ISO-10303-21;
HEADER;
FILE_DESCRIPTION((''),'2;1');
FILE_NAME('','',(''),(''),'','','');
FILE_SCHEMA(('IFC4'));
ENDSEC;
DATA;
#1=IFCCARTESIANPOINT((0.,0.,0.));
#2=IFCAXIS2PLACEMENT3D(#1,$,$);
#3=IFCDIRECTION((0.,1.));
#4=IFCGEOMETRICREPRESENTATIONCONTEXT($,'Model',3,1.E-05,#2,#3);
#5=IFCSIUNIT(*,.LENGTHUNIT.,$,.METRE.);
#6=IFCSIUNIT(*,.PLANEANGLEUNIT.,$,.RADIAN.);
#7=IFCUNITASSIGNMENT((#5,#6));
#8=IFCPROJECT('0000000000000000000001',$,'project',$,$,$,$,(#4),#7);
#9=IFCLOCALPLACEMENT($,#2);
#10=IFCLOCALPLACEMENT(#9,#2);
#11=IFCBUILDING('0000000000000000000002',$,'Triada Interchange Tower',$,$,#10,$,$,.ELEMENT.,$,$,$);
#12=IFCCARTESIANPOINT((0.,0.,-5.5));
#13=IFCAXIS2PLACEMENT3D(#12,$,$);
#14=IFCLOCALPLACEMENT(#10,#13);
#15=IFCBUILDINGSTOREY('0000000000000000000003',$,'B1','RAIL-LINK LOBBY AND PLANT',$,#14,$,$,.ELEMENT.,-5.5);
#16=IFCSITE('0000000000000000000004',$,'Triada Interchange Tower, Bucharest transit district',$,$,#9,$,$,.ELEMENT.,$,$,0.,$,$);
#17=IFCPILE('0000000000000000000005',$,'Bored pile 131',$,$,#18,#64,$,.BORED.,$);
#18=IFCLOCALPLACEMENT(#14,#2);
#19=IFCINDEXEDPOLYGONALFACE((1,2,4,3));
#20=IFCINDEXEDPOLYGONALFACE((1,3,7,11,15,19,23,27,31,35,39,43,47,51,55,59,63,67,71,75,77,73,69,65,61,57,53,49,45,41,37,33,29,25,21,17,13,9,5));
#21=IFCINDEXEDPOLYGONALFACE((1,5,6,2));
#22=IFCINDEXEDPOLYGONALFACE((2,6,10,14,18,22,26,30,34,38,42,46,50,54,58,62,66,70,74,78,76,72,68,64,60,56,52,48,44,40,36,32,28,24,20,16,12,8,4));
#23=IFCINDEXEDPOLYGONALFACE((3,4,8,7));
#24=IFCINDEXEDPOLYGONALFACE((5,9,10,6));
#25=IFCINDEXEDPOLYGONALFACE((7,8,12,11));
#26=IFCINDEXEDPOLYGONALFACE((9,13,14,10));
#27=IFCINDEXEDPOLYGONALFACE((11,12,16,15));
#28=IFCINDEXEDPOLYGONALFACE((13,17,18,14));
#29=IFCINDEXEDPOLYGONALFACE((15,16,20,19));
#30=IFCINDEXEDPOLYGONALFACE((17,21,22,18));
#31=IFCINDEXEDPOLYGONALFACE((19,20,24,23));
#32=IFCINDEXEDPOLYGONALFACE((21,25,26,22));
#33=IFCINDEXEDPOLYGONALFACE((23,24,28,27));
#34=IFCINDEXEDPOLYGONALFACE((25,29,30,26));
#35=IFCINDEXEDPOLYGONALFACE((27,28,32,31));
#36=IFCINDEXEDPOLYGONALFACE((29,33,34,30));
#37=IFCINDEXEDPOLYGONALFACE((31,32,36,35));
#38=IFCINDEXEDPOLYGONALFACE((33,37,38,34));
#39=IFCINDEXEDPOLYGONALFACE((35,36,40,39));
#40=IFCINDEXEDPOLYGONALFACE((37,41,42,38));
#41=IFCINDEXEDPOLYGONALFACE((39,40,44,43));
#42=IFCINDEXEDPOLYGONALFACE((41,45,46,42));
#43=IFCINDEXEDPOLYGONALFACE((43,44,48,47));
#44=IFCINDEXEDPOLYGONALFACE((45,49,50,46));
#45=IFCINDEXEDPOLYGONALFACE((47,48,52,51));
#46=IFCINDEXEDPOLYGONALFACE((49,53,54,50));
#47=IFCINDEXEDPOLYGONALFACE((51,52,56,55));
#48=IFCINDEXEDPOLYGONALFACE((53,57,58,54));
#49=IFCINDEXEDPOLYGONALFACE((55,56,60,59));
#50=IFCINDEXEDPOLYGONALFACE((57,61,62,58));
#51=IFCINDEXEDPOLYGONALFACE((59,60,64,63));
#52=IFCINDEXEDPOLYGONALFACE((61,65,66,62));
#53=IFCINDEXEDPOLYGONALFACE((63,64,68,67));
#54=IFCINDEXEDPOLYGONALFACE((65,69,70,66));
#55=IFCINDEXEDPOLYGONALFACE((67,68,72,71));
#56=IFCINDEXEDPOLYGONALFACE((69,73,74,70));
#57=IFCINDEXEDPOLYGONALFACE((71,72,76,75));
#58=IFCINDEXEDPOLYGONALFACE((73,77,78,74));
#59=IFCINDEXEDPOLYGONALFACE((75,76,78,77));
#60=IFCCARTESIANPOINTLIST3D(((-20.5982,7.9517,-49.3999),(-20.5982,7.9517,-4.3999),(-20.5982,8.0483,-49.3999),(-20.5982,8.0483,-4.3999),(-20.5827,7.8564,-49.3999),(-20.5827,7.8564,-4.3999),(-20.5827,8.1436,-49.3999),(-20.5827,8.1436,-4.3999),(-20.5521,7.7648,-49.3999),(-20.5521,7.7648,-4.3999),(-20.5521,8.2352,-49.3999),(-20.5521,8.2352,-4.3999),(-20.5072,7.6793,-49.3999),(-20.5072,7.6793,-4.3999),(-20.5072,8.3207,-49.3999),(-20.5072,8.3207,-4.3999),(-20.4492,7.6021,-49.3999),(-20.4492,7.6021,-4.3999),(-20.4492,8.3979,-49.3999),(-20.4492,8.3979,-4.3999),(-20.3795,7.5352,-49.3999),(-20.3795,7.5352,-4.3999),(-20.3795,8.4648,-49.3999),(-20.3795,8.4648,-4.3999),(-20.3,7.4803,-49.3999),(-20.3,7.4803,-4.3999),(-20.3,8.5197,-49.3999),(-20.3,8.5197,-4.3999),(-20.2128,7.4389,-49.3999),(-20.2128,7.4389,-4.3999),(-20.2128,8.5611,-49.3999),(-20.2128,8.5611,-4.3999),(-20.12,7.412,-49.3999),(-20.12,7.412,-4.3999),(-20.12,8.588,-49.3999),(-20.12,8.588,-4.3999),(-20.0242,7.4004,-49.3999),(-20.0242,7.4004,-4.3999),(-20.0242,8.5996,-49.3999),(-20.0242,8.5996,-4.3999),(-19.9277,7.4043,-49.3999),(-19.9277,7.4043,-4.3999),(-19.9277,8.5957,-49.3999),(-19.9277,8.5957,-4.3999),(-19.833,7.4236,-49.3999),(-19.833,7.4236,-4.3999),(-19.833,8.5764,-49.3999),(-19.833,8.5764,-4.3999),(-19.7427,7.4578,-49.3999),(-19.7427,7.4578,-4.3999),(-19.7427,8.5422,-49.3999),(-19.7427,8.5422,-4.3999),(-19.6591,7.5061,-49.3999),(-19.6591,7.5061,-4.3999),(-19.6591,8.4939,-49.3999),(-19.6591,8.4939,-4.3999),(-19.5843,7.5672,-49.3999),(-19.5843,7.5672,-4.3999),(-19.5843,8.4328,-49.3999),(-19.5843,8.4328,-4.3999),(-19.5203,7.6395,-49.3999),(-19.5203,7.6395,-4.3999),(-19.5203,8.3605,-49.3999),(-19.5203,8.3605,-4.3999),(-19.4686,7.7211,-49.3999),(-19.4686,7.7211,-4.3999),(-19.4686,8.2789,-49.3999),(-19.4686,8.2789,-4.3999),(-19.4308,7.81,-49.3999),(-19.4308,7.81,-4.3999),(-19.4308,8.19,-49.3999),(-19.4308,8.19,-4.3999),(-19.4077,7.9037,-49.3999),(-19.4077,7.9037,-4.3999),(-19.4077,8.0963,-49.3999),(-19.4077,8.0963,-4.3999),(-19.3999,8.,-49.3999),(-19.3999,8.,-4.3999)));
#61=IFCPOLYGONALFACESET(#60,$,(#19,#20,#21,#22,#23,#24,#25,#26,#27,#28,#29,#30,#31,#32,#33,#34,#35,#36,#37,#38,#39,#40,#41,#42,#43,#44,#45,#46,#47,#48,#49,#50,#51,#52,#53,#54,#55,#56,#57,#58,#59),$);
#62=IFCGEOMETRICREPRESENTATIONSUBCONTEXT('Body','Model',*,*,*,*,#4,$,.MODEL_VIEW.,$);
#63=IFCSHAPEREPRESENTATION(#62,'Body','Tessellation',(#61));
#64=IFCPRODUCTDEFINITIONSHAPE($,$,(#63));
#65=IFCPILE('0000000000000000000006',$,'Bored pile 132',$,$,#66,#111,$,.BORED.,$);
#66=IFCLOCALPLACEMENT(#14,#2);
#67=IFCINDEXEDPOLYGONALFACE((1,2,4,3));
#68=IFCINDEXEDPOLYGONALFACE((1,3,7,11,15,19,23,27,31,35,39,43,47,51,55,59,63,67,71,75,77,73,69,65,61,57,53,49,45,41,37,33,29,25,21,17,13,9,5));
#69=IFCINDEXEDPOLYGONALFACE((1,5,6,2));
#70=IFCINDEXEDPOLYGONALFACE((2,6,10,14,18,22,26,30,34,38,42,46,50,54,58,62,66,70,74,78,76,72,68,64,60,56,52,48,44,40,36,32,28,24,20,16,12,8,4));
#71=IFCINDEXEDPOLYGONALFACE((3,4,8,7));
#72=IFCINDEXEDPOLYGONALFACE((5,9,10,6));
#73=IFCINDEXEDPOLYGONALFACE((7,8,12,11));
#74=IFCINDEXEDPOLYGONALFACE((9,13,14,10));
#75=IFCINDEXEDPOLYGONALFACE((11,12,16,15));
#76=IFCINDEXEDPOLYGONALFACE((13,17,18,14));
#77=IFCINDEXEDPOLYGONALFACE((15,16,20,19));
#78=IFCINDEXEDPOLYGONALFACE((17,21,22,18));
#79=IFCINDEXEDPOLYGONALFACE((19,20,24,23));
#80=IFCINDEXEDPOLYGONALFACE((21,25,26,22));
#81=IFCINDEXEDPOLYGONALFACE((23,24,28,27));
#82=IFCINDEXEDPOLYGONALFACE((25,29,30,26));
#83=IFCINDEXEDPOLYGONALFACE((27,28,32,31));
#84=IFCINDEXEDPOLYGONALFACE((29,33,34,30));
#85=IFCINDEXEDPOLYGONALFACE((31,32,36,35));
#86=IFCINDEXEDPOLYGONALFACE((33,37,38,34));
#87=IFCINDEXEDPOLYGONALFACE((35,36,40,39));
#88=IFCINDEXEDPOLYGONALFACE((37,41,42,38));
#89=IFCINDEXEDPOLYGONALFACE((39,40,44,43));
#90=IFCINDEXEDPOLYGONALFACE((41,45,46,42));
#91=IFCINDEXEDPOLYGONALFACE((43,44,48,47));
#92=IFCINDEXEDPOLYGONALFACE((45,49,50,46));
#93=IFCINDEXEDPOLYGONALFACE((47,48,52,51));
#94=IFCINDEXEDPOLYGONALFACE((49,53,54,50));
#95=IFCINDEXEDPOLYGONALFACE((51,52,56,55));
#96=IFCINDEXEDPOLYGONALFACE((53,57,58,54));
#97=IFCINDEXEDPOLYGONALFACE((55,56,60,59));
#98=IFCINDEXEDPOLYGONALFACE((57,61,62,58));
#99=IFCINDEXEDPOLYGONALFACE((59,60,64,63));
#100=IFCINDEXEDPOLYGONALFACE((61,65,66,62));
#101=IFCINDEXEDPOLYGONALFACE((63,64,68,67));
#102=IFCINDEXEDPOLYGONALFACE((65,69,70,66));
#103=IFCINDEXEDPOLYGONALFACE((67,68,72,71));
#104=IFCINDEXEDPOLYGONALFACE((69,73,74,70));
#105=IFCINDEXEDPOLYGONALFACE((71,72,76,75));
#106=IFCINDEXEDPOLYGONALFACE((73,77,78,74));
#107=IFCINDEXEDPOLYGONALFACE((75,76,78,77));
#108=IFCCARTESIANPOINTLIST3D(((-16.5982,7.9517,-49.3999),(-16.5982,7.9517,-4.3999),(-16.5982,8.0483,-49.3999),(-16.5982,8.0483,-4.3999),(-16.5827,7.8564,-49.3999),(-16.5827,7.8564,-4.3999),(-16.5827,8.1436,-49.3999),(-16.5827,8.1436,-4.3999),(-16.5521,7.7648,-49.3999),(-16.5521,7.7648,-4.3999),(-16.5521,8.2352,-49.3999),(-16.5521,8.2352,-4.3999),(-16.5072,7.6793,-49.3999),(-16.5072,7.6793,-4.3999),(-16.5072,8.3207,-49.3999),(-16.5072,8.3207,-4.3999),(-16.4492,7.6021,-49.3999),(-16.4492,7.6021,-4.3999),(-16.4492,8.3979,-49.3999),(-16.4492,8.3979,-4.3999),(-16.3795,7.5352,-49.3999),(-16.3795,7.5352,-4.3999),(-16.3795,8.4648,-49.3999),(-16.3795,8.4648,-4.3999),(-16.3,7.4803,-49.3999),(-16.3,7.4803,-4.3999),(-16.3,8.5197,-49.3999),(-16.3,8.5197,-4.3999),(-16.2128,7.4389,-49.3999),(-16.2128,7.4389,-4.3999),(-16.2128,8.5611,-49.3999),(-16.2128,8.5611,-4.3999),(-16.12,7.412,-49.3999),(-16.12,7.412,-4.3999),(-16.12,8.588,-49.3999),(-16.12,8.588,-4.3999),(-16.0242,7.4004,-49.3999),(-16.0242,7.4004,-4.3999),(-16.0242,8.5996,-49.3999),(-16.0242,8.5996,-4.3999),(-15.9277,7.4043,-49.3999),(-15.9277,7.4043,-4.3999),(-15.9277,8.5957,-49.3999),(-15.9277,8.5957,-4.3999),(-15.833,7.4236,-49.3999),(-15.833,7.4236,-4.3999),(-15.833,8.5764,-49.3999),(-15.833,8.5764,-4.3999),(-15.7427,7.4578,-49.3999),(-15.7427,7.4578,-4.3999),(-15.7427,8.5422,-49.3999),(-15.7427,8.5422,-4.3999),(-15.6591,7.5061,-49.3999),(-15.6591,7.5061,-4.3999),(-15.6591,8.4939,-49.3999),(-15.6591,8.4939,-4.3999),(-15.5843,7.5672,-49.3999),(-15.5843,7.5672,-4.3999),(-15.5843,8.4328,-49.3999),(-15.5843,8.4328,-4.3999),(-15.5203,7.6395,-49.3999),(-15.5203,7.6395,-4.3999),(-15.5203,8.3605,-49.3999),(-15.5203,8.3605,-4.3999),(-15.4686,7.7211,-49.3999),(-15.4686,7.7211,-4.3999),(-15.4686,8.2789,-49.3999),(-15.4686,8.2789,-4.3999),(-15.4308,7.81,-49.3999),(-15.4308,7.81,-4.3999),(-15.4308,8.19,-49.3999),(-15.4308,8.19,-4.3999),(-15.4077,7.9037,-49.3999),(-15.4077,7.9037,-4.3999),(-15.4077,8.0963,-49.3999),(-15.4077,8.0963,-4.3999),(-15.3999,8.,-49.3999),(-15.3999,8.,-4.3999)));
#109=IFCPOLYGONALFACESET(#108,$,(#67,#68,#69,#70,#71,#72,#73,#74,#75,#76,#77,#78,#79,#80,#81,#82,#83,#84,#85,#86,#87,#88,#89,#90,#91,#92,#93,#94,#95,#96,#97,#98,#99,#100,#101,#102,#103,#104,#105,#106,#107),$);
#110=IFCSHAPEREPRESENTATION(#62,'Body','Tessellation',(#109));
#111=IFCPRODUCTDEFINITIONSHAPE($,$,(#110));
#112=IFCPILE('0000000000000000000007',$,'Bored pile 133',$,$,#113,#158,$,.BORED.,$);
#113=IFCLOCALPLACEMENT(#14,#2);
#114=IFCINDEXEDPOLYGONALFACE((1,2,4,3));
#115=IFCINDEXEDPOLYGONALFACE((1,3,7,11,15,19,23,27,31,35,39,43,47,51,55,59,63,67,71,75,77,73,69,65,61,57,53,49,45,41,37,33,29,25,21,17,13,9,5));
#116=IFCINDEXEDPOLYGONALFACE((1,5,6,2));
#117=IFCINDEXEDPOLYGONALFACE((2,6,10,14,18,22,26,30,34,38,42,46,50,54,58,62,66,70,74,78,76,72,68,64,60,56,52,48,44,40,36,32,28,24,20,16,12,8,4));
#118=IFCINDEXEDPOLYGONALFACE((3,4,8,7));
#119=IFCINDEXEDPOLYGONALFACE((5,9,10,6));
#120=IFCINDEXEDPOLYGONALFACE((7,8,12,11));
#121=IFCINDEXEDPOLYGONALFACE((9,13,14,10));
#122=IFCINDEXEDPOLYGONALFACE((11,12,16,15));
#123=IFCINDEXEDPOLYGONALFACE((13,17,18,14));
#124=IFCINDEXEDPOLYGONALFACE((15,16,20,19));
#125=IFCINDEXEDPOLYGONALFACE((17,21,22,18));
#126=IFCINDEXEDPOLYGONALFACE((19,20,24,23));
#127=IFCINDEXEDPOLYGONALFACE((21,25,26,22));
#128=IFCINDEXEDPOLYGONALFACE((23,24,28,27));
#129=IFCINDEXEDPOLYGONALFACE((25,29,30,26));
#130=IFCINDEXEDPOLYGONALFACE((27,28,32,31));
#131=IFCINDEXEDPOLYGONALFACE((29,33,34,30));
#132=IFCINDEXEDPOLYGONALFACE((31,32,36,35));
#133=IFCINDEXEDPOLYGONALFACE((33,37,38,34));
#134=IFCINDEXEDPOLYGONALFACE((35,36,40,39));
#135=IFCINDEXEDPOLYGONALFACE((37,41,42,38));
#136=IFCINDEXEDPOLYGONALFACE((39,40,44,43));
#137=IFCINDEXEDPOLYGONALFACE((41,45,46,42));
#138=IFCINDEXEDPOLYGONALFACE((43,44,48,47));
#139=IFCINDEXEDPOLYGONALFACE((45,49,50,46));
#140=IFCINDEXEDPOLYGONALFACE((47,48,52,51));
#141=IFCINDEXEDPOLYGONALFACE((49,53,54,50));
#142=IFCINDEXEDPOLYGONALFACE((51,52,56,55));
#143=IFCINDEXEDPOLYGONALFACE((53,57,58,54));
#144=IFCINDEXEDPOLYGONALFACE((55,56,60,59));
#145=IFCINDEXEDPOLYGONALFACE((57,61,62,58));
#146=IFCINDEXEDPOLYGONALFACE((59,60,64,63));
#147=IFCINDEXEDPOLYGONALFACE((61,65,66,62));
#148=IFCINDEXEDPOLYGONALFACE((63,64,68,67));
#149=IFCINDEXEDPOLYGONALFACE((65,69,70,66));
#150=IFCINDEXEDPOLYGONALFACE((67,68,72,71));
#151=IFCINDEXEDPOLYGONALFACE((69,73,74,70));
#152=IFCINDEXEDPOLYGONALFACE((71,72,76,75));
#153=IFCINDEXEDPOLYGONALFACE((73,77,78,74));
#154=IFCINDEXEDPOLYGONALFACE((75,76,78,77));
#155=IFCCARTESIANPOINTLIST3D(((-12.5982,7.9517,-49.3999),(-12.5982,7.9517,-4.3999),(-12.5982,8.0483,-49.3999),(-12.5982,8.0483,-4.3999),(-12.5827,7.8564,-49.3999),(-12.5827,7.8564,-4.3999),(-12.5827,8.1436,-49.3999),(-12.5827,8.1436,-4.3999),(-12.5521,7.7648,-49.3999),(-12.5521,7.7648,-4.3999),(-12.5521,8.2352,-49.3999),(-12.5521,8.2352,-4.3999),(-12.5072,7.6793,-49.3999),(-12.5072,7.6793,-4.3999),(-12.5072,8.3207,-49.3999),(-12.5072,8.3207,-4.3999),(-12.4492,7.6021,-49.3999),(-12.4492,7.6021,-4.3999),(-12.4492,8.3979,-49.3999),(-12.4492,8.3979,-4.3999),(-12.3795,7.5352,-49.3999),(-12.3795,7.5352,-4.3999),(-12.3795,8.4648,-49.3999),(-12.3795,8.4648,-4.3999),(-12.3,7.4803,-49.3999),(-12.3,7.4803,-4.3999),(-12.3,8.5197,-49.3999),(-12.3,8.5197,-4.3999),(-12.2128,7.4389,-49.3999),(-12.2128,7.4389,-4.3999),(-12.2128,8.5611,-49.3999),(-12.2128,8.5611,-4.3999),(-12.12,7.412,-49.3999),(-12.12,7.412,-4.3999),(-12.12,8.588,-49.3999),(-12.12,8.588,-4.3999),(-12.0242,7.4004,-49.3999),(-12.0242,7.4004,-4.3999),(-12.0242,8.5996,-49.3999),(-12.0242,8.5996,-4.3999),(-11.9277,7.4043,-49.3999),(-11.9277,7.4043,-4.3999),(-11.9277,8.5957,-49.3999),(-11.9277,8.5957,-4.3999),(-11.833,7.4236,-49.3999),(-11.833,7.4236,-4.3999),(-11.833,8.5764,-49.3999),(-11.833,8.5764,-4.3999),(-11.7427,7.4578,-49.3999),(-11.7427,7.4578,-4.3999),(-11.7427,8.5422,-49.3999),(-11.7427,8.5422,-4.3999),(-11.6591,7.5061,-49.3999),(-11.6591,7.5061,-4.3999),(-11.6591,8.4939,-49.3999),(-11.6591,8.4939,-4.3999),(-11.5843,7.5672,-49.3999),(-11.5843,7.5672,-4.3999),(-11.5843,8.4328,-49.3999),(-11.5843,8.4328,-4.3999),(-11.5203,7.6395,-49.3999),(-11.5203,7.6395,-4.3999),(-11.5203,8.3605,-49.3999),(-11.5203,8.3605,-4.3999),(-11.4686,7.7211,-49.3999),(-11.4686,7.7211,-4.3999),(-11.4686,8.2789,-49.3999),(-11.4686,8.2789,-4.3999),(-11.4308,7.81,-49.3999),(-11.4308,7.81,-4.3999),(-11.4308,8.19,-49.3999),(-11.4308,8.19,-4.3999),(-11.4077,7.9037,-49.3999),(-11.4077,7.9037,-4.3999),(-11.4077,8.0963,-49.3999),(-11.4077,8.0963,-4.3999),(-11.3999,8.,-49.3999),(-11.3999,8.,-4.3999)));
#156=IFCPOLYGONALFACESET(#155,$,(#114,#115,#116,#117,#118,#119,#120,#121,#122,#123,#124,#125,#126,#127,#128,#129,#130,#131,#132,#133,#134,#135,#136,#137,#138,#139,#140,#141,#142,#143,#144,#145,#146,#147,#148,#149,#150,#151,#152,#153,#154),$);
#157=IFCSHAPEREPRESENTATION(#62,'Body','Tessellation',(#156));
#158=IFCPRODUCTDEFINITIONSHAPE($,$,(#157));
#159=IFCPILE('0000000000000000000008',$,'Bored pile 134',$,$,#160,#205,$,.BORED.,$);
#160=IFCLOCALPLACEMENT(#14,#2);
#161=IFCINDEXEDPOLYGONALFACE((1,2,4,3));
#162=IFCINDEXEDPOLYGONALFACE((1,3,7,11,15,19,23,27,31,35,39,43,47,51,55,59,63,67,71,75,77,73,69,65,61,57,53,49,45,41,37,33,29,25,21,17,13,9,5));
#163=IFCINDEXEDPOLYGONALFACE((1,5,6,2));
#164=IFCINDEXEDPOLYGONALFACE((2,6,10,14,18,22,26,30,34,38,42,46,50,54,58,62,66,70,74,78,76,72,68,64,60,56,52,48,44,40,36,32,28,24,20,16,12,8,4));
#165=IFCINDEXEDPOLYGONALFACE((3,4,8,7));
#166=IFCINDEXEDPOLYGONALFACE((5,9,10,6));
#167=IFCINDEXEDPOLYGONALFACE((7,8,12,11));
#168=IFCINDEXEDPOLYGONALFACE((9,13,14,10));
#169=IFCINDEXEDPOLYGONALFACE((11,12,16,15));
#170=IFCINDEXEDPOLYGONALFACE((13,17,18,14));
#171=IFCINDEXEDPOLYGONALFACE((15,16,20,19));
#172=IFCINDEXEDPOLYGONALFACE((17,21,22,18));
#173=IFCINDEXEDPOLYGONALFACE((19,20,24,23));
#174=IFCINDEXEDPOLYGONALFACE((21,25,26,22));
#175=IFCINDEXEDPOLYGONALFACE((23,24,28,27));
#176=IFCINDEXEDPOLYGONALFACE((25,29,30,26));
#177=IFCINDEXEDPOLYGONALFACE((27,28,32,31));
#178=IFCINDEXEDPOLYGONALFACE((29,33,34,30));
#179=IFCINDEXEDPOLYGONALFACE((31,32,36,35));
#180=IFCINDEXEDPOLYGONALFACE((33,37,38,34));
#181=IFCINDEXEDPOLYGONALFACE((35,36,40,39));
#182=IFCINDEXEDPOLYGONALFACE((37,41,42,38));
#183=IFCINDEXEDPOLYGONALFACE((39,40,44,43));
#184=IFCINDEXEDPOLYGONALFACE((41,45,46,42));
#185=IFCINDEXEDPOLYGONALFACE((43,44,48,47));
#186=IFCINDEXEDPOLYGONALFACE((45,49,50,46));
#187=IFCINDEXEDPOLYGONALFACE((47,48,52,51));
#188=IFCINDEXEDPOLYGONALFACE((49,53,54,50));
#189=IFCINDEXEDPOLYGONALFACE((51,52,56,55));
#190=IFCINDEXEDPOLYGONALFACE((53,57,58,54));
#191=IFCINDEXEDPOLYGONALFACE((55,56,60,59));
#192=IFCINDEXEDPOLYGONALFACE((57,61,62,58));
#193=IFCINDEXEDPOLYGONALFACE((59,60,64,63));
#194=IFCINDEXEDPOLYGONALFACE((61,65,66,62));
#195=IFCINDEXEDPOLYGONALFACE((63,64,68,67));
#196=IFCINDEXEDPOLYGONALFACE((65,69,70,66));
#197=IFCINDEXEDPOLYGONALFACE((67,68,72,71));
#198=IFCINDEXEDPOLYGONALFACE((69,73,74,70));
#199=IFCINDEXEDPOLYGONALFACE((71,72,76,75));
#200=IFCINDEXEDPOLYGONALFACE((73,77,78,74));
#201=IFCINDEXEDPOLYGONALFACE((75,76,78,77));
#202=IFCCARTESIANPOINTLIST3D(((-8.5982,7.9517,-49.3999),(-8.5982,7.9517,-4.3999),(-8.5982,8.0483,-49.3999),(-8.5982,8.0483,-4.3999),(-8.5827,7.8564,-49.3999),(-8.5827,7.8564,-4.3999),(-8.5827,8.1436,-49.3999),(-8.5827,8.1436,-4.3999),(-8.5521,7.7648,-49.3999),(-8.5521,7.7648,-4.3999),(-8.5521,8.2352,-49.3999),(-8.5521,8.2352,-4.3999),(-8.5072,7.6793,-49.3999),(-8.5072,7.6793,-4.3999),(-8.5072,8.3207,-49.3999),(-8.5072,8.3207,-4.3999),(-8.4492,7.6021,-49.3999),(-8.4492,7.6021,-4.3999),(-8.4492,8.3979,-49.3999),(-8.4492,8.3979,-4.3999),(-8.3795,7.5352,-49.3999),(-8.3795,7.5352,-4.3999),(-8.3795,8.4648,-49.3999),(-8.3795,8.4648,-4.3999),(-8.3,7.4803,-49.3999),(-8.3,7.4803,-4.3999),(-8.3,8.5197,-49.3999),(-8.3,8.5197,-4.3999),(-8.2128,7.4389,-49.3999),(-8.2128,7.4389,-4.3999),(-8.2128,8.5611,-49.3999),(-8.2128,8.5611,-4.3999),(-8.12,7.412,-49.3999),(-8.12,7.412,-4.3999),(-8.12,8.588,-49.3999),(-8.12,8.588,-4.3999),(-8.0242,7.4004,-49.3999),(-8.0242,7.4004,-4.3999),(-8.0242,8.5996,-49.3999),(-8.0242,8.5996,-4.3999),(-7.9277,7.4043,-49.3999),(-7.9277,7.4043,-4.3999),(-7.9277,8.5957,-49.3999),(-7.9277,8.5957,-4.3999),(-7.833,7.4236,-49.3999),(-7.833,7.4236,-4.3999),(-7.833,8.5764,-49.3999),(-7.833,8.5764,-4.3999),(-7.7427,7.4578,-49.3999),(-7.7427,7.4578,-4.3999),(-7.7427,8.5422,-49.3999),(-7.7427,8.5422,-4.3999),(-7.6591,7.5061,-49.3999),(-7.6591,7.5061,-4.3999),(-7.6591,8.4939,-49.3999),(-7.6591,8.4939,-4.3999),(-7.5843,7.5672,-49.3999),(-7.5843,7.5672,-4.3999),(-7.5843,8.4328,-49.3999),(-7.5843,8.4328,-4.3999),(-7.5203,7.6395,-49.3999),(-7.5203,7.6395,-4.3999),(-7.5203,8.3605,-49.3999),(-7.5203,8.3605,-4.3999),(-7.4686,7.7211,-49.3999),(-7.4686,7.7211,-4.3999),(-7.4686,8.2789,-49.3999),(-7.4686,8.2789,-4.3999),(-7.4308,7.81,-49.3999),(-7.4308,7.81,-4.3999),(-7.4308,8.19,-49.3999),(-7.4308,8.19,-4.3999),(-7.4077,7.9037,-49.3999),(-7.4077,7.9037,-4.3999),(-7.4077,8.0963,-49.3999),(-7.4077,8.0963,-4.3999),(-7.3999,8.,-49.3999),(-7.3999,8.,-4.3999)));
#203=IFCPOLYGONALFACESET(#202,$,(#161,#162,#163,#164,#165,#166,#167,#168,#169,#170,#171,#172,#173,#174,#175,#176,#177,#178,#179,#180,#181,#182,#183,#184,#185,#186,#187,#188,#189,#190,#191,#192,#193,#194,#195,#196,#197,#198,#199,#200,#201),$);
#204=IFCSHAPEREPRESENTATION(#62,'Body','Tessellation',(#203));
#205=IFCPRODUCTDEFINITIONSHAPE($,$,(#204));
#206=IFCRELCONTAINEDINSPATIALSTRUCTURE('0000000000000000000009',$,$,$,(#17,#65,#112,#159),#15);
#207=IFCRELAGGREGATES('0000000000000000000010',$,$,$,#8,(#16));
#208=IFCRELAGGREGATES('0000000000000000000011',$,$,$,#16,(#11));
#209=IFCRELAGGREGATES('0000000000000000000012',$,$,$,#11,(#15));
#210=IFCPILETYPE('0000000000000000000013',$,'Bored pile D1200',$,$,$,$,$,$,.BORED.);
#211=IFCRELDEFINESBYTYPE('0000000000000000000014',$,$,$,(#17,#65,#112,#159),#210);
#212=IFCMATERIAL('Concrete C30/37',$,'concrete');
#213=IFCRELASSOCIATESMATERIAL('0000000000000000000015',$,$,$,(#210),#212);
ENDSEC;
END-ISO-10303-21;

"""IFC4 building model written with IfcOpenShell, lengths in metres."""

from ifc_helpers import new_model, si_unit, direction, frame, origin, origin_2d, place, context, subcontext, project, spatial, circle, extrude, material, material_profile, profile_set, type_object, element, save


model = new_model("IFC4")

# Units and contexts
model_context = context("Model", 3, precision=1e-05, world=origin(), true_north=direction((0.0, 1.0)))
body_context = subcontext(model_context, "Body", "Model", "MODEL_VIEW")
ifc_project = project(units=[si_unit("LENGTHUNIT", "METRE"), si_unit("PLANEANGLEUNIT", "RADIAN")], contexts=[model_context])

# Site, building, storey
site_placement = place(None, origin())
site = spatial("IfcSite", under=ifc_project, at=site_placement, Name="Triada Interchange Tower, Bucharest transit district", CompositionType="ELEMENT", RefElevation=0.0)
building_placement = place(site_placement, origin())
building = spatial("IfcBuilding", under=site, at=building_placement, Name="Triada Interchange Tower", CompositionType="ELEMENT")
storey_placement = place(building_placement, frame((0.0, 0.0, -5.5)))
storey = spatial("IfcBuildingStorey", under=building, at=storey_placement, Name="B1", Description="RAIL-LINK LOBBY AND PLANT", CompositionType="ELEMENT", Elevation=-5.5)

# Piles
ifc_material_1 = material(Name="Concrete C30/37", Category="concrete")
ifc_material_profile_1 = material_profile(ifc_material_1, circle(Radius=0.6001, at=origin_2d()), Name="RC D1200")
ifc_profile_set_1 = profile_set([ifc_material_profile_1], Name="Concrete C30/37")
pile_type = type_object("IfcPileType", Name="Bored pile D1200", PredefinedType="BORED", material=ifc_profile_set_1)
for number, where, z_axis, x_axis, name in (
    (1, (-20.0, 8.0, -4.3999), (0.0, 0.0, -1.0), (1.0, 0.0, 0.0), "Bored pile 131"),
    (2, (-16.0, 8.0, -4.3999), (0.0, 0.0, -1.0), (1.0, 0.0, 0.0), "Bored pile 132"),
    (3, (-12.0, 8.0, -4.3999), (0.0, 0.0, -1.0), (1.0, 0.0, 0.0), "Bored pile 133"),
    (4, (-8.0, 8.0, -4.3999), (0.0, 0.0, -1.0), (1.0, 0.0, 0.0), "Bored pile 134"),
):
    element("IfcPile", number, at=place(storey_placement, frame(where, z_axis=z_axis, x_axis=x_axis)), inside=storey, type_object=pile_type, Name=name, PredefinedType="BORED", context=body_context, shape_type="SweptSolid", body=[
        extrude(circle(Radius=0.6001, at=origin_2d()), origin(), (0.0, 0.0, 1.0), 45.0),
    ])

save(model, "model.ifc")
